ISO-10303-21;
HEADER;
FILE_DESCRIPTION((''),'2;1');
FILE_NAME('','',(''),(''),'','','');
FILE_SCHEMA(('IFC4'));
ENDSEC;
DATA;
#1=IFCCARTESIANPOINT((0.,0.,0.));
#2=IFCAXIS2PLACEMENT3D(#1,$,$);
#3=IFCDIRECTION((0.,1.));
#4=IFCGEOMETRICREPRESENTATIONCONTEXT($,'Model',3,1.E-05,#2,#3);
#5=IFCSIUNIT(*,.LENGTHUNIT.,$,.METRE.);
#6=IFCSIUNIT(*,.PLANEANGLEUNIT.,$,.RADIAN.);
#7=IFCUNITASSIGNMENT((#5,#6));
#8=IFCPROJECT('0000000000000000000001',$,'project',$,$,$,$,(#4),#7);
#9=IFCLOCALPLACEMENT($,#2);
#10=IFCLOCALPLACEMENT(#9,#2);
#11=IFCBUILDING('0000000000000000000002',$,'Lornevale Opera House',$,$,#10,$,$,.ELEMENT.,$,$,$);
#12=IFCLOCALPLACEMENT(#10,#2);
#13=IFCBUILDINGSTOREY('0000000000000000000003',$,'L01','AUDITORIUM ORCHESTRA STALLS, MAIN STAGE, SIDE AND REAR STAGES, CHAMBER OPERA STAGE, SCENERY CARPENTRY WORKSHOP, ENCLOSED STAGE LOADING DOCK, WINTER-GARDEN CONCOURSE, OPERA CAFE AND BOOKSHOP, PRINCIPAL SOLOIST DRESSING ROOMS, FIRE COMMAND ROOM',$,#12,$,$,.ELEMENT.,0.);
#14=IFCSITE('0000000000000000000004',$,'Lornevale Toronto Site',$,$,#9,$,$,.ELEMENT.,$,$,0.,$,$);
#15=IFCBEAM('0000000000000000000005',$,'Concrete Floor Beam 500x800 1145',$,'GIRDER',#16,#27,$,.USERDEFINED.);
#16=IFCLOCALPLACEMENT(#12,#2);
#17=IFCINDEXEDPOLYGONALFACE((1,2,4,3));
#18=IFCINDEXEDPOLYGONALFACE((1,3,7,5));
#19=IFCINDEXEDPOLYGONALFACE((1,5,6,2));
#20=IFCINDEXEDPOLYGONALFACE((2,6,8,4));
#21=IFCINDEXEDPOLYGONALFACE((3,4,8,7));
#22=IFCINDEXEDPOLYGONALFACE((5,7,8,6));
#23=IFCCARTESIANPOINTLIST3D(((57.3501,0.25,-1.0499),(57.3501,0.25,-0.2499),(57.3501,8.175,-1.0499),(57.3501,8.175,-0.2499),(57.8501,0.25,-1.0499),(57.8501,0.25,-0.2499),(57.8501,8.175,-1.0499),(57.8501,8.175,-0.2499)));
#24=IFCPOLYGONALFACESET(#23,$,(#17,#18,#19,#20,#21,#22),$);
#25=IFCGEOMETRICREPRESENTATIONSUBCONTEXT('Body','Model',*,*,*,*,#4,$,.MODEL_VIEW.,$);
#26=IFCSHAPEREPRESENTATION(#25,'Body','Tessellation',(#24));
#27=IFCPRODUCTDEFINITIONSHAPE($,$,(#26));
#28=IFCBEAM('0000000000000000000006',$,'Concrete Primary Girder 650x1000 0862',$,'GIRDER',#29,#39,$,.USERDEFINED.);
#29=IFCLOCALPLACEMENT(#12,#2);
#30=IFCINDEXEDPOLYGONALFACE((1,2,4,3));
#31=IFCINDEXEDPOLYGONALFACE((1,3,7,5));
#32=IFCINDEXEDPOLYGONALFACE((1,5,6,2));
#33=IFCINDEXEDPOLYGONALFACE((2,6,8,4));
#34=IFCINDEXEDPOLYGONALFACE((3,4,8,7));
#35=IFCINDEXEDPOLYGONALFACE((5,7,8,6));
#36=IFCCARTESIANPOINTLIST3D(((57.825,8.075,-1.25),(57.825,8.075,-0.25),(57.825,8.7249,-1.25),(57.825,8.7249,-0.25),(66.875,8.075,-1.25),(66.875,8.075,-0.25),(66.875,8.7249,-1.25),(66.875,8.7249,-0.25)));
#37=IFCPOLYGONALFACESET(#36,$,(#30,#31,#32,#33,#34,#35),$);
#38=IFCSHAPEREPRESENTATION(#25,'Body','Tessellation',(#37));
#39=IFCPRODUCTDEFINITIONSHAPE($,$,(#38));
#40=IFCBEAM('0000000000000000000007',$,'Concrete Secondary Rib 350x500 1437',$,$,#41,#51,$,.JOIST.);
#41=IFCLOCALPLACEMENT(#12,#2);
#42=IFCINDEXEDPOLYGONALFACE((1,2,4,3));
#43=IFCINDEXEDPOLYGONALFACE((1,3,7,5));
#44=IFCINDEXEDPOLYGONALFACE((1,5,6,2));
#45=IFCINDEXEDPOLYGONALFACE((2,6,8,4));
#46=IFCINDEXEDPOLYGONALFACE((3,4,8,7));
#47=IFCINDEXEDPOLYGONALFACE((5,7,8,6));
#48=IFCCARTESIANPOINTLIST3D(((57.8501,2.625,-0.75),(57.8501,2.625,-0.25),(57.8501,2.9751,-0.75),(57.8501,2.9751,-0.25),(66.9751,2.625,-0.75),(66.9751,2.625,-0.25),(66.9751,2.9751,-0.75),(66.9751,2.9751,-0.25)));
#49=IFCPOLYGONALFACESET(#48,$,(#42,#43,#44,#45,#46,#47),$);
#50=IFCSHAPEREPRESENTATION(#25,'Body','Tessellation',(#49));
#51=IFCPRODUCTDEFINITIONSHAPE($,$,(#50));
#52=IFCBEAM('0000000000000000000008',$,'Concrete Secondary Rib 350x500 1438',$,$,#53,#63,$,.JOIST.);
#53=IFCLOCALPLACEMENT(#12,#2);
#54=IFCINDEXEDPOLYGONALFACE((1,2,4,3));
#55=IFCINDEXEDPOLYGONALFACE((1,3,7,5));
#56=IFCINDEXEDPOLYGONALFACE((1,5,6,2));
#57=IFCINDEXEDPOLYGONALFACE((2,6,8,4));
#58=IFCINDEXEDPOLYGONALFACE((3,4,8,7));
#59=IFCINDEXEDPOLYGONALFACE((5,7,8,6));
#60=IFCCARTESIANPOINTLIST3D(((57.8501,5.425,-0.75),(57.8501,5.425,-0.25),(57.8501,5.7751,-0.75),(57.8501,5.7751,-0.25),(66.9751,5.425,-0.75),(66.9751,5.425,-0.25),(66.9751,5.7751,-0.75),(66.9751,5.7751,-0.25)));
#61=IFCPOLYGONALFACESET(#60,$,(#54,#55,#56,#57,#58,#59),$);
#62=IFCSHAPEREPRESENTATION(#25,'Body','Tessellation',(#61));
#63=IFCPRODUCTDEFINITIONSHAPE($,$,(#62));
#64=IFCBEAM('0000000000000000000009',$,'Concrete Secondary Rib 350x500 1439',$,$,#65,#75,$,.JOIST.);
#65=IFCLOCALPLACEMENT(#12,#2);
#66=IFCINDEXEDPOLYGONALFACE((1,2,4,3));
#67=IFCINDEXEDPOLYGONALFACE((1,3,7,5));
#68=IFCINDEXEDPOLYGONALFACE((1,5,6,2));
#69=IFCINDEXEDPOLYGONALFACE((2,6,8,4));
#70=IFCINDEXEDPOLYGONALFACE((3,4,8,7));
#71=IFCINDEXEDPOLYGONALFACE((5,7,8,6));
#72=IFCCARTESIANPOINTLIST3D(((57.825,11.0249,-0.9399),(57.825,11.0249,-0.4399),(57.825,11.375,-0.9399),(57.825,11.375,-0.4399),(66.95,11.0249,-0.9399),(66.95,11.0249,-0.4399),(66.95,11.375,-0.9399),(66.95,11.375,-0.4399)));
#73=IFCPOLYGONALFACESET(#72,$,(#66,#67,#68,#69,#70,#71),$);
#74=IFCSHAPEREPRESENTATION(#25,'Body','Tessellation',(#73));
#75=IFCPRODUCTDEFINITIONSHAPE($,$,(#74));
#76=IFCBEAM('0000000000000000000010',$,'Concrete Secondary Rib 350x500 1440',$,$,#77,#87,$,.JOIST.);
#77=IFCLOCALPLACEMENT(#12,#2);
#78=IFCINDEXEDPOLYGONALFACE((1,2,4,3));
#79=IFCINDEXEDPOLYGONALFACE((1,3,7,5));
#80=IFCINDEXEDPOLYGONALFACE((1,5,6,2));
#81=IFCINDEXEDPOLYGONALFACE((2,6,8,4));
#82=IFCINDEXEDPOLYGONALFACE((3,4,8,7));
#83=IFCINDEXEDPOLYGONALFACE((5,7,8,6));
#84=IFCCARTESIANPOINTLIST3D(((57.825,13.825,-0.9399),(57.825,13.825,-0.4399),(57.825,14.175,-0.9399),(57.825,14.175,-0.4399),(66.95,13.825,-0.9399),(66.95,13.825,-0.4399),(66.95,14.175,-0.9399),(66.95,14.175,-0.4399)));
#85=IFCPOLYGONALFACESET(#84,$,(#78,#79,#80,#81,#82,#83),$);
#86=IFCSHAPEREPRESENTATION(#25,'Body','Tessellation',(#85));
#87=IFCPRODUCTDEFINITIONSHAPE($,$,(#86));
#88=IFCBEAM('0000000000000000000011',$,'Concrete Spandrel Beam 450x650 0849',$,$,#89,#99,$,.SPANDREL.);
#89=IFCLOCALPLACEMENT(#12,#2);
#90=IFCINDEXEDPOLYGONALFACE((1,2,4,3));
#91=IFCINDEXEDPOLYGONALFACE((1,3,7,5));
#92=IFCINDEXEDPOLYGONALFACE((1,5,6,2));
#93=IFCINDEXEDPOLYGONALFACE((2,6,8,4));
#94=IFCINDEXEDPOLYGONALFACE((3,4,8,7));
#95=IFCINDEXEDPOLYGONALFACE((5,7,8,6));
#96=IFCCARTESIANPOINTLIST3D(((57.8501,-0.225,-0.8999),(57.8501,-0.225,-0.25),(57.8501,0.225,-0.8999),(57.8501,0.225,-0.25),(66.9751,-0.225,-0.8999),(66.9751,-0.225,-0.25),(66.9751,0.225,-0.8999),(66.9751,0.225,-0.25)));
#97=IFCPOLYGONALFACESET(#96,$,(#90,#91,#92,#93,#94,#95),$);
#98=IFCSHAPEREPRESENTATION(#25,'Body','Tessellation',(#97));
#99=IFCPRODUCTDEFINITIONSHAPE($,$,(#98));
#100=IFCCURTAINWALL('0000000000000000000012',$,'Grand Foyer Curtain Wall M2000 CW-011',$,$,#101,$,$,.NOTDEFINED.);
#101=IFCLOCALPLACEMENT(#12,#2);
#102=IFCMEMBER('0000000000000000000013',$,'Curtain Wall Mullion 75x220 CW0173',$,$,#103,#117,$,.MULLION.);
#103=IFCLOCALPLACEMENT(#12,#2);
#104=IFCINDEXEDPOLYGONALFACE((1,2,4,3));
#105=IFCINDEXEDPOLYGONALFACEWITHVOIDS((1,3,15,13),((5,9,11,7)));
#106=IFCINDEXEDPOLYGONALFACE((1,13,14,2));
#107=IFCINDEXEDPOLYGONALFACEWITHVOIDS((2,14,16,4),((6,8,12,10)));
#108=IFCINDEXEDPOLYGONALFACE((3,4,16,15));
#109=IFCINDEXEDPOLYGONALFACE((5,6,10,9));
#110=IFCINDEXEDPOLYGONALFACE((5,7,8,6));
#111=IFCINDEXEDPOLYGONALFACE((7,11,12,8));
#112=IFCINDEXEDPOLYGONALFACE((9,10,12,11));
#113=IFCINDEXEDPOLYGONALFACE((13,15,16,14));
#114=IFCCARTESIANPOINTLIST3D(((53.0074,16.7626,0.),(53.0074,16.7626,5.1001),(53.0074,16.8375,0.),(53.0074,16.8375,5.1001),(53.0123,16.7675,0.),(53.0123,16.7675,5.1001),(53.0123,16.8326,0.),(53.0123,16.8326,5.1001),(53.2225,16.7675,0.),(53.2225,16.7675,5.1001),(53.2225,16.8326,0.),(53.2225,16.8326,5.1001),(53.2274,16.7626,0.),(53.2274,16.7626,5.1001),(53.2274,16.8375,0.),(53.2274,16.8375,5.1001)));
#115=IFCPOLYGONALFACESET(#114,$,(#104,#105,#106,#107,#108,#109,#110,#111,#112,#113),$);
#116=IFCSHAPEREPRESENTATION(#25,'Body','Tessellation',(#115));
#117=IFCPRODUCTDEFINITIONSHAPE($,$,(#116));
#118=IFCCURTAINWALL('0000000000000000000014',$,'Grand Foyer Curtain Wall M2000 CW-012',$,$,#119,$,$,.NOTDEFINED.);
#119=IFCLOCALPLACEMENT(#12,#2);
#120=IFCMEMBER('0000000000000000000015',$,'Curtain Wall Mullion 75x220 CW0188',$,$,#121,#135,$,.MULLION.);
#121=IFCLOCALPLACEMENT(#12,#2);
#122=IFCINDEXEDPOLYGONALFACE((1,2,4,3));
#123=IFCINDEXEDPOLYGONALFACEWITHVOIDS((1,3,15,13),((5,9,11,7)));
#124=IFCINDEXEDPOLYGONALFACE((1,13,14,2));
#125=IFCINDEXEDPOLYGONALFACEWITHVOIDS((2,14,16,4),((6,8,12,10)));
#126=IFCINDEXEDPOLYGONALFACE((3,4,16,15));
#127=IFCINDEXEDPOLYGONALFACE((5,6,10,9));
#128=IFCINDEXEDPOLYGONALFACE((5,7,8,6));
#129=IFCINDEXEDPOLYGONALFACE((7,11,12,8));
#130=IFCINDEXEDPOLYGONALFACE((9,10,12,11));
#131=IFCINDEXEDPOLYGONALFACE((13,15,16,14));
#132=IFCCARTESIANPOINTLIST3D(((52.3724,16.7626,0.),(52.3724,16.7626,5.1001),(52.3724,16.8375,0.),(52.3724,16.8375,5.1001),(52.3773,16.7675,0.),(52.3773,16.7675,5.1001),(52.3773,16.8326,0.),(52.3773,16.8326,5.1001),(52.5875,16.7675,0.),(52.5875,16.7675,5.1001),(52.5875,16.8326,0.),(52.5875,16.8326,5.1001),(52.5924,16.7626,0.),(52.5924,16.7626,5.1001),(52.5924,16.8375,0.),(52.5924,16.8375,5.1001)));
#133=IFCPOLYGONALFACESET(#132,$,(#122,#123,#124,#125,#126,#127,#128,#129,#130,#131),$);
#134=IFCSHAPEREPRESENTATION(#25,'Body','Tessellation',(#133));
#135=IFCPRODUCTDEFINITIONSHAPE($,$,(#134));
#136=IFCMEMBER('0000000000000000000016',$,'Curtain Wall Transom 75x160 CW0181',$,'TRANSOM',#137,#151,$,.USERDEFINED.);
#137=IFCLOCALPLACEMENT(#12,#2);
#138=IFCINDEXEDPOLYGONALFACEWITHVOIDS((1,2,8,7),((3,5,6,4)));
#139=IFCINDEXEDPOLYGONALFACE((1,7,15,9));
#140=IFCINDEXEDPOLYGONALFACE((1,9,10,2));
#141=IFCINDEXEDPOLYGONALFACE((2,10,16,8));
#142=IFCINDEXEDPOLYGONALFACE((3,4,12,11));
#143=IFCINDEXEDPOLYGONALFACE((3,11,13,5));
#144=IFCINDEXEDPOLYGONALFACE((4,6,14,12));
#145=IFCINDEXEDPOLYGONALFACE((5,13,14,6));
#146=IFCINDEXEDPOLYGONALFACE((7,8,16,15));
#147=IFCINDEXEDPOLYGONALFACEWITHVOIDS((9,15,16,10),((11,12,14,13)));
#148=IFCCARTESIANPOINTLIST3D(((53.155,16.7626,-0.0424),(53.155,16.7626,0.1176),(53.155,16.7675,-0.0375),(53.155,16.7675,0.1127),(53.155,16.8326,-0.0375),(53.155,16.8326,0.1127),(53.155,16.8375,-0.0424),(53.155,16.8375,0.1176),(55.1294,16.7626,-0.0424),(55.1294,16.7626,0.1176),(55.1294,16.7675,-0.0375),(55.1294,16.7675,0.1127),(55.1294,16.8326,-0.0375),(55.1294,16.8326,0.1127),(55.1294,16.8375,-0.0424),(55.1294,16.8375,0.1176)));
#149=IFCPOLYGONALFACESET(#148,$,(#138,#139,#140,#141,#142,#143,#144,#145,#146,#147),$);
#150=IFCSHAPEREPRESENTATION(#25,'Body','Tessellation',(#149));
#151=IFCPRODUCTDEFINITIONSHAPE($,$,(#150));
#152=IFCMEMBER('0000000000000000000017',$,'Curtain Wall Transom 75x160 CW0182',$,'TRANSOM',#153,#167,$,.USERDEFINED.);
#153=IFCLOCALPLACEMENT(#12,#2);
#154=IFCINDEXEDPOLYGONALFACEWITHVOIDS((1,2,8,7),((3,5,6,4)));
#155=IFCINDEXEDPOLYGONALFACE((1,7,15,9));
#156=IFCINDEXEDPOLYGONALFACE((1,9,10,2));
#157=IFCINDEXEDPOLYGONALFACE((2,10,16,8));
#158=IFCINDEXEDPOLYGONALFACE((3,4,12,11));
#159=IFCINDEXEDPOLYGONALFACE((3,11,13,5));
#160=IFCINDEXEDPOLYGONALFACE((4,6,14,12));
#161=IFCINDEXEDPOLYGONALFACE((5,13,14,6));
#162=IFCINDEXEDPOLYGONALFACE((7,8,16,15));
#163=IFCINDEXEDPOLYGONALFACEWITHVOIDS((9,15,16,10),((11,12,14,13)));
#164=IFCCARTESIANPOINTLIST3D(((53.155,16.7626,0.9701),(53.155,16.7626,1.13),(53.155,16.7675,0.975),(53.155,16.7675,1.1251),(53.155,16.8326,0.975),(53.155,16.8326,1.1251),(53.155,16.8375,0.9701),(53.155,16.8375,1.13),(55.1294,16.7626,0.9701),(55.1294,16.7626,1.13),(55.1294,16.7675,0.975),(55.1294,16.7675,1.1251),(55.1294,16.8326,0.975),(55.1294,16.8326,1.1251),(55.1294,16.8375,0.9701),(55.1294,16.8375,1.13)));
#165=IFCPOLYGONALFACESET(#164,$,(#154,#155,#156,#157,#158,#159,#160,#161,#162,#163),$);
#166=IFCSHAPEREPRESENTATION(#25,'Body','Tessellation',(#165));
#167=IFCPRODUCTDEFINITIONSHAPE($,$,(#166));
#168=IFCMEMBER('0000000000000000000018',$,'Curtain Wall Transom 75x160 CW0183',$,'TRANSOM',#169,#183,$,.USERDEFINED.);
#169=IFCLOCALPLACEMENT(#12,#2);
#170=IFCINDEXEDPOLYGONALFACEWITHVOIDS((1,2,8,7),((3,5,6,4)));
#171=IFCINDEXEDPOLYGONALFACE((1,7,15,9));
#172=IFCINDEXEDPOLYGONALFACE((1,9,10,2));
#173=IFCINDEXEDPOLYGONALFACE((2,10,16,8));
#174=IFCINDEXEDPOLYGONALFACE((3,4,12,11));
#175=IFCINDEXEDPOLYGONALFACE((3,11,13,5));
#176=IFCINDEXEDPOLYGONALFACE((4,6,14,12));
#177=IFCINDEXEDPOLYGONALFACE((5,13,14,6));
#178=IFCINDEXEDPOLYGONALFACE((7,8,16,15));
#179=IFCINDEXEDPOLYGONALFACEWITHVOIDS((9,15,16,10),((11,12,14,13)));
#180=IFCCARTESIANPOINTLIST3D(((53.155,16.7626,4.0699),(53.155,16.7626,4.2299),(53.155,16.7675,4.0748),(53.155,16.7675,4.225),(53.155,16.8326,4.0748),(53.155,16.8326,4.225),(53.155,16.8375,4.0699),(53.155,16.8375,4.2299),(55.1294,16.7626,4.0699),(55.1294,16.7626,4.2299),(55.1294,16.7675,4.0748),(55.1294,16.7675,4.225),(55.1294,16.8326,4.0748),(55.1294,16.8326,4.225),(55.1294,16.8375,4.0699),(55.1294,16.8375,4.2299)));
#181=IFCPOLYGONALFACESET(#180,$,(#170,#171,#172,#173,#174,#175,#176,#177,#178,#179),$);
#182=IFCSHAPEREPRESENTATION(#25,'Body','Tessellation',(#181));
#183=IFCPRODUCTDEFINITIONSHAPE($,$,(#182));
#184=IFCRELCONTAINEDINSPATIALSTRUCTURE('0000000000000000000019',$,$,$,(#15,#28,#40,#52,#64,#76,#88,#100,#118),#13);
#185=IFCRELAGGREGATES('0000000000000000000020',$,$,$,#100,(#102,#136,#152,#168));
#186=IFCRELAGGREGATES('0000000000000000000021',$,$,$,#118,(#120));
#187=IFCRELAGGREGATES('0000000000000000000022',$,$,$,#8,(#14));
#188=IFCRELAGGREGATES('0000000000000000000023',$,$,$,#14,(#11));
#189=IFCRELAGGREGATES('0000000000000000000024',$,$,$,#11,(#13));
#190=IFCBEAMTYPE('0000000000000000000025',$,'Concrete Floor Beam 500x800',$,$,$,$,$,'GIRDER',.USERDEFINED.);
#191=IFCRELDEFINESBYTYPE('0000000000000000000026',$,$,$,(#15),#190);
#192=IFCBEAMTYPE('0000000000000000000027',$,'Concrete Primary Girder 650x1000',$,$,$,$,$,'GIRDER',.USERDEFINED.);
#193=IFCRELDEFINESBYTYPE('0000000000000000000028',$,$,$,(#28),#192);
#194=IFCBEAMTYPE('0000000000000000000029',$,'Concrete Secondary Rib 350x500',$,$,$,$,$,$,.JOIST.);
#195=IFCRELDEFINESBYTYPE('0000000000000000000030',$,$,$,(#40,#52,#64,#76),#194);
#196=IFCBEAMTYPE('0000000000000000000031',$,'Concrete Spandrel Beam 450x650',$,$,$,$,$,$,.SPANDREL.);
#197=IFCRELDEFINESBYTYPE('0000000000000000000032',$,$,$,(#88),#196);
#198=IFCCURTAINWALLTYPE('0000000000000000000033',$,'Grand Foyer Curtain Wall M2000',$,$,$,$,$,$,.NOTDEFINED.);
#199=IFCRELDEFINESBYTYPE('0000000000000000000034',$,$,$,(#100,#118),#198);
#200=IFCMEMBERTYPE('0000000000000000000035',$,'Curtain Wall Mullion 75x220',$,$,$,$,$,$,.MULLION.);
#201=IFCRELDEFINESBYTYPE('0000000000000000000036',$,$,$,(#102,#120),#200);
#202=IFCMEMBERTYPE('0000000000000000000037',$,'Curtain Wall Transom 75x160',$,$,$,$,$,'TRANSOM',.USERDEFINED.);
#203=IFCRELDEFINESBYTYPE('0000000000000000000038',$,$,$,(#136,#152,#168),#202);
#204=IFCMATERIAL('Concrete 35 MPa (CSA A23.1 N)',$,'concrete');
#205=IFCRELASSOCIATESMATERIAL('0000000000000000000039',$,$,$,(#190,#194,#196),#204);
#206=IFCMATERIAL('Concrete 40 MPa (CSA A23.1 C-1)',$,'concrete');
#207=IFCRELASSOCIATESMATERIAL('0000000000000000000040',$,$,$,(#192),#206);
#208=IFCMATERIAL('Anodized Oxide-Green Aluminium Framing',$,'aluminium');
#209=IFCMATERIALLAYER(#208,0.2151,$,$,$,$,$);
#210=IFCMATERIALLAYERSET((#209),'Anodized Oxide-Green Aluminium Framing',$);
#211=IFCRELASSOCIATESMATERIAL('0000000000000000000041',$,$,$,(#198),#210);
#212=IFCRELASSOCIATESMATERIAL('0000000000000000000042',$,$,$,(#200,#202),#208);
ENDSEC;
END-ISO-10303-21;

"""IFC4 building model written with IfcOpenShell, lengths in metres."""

from ifc_helpers import new_model, si_unit, direction, frame, origin, origin_2d, place, context, subcontext, project, spatial, rectangle, hollow_rectangle, extrude, material, layer, layer_set, material_profile, profile_set, type_object, element, aggregate, save


model = new_model("IFC4")

# Units and contexts
model_context = context("Model", 3, precision=1e-05, world=origin(), true_north=direction((0.0, 1.0)))
body_context = subcontext(model_context, "Body", "Model", "MODEL_VIEW")
ifc_project = project(units=[si_unit("LENGTHUNIT", "METRE"), si_unit("PLANEANGLEUNIT", "RADIAN")], contexts=[model_context])

# Site, building, storey
site_placement = place(None, origin())
site = spatial("IfcSite", under=ifc_project, at=site_placement, Name="Lornevale Toronto Site", CompositionType="ELEMENT", RefElevation=0.0)
building_placement = place(site_placement, origin())
building = spatial("IfcBuilding", under=site, at=building_placement, Name="Lornevale Opera House", CompositionType="ELEMENT")
storey_placement = place(building_placement, origin())
storey = spatial("IfcBuildingStorey", under=building, at=storey_placement, Name="L01", Description="AUDITORIUM ORCHESTRA STALLS, MAIN STAGE, SIDE AND REAR STAGES, CHAMBER OPERA STAGE, SCENERY CARPENTRY WORKSHOP, ENCLOSED STAGE LOADING DOCK, WINTER-GARDEN CONCOURSE, OPERA CAFE AND BOOKSHOP, PRINCIPAL SOLOIST DRESSING ROOMS, FIRE COMMAND ROOM", CompositionType="ELEMENT", Elevation=0.0)

# Beams
ifc_material_1 = material(Name="Concrete 35 MPa (CSA A23.1 N)", Category="concrete")
ifc_material_profile_1 = material_profile(ifc_material_1, rectangle(XDim=0.5, YDim=0.8, at=origin_2d()), Name="RC500x800")
ifc_profile_set_1 = profile_set([ifc_material_profile_1], Name="Concrete 35 MPa (CSA A23.1 N)")
beam_type_1 = type_object("IfcBeamType", Name="Concrete Floor Beam 500x800", ElementType="GIRDER", PredefinedType="USERDEFINED", material=ifc_profile_set_1)
beam_1_placement = place(storey_placement, frame((57.6001, 0.25, -0.6499), z_axis=(0.0, 1.0, 0.0), x_axis=(-1.0, 0.0, 0.0)))
element("IfcBeam", 1, at=beam_1_placement, inside=storey, type_object=beam_type_1, Name="Concrete Floor Beam 500x800 1145", ObjectType="GIRDER", PredefinedType="USERDEFINED", context=body_context, shape_type="SweptSolid", body=[
    extrude(rectangle(XDim=0.5, YDim=0.8, at=origin_2d()), origin(), (0.0, 0.0, 1.0), 7.925),
])
ifc_material_2 = material(Name="Concrete 40 MPa (CSA A23.1 C-1)", Category="concrete")
ifc_material_profile_2 = material_profile(ifc_material_2, rectangle(XDim=0.6499, YDim=1.0, at=origin_2d()), Name="RC650x1000")
ifc_profile_set_2 = profile_set([ifc_material_profile_2], Name="Concrete 40 MPa (CSA A23.1 C-1)")
beam_type_2 = type_object("IfcBeamType", Name="Concrete Primary Girder 650x1000", ElementType="GIRDER", PredefinedType="USERDEFINED", material=ifc_profile_set_2)
beam_2_placement = place(storey_placement, frame((57.825, 8.3999, -0.75), z_axis=(1.0, 0.0, 0.0), x_axis=(0.0, 1.0, 0.0)))
element("IfcBeam", 2, at=beam_2_placement, inside=storey, type_object=beam_type_2, Name="Concrete Primary Girder 650x1000 0862", ObjectType="GIRDER", PredefinedType="USERDEFINED", context=body_context, shape_type="SweptSolid", body=[
    extrude(rectangle(XDim=0.6499, YDim=1.0, at=origin_2d()), origin(), (0.0, 0.0, 1.0), 9.05),
])
ifc_material_profile_3 = material_profile(ifc_material_1, rectangle(XDim=0.3501, YDim=0.5, at=origin_2d()), Name="RC350x500")
ifc_profile_set_3 = profile_set([ifc_material_profile_3], Name="Concrete 35 MPa (CSA A23.1 N)")
beam_type_3 = type_object("IfcBeamType", Name="Concrete Secondary Rib 350x500", PredefinedType="JOIST", material=ifc_profile_set_3)
for number, where, z_axis, x_axis, name in (
    (3, (57.8501, 2.8, -0.5), (1.0, 0.0, 0.0), (0.0, 1.0, 0.0), "Concrete Secondary Rib 350x500 1437"),
    (4, (57.8501, 5.6001, -0.5), (1.0, 0.0, 0.0), (0.0, 1.0, 0.0), "Concrete Secondary Rib 350x500 1438"),
    (5, (57.825, 11.2, -0.6899), (1.0, 0.0, 0.0), (0.0, 1.0, 0.0), "Concrete Secondary Rib 350x500 1439"),
    (6, (57.825, 14.0, -0.6899), (1.0, 0.0, 0.0), (0.0, 1.0, 0.0), "Concrete Secondary Rib 350x500 1440"),
):
    element("IfcBeam", number, at=place(storey_placement, frame(where, z_axis=z_axis, x_axis=x_axis)), inside=storey, type_object=beam_type_3, Name=name, PredefinedType="JOIST", context=body_context, shape_type="SweptSolid", body=[
        extrude(rectangle(XDim=0.3501, YDim=0.5, at=origin_2d()), origin(), (0.0, 0.0, 1.0), 9.125),
    ])
ifc_material_profile_4 = material_profile(ifc_material_1, rectangle(XDim=0.45, YDim=0.6499, at=origin_2d()), Name="RC450x650")
ifc_profile_set_4 = profile_set([ifc_material_profile_4], Name="Concrete 35 MPa (CSA A23.1 N)")
beam_type_4 = type_object("IfcBeamType", Name="Concrete Spandrel Beam 450x650", PredefinedType="SPANDREL", material=ifc_profile_set_4)
beam_3_placement = place(storey_placement, frame((57.8501, 0.0, -0.575), z_axis=(1.0, 0.0, 0.0), x_axis=(0.0, 1.0, 0.0)))
element("IfcBeam", 7, at=beam_3_placement, inside=storey, type_object=beam_type_4, Name="Concrete Spandrel Beam 450x650 0849", PredefinedType="SPANDREL", context=body_context, shape_type="SweptSolid", body=[
    extrude(rectangle(XDim=0.45, YDim=0.6499, at=origin_2d()), origin(), (0.0, 0.0, 1.0), 9.125),
])

# Curtain walls, members
ifc_material_3 = material(Name="Anodized Oxide-Green Aluminium Framing", Category="aluminium")
ifc_layer_1 = layer(ifc_material_3, 0.2151)
ifc_layer_set_1 = layer_set([ifc_layer_1], Name="Anodized Oxide-Green Aluminium Framing")
curtain_wall_type = type_object("IfcCurtainWallType", Name="Grand Foyer Curtain Wall M2000", PredefinedType="NOTDEFINED", material=ifc_layer_set_1)
curtain_wall_1_placement = place(storey_placement, origin())
curtain_wall_1 = element("IfcCurtainWall", 8, at=curtain_wall_1_placement, inside=storey, type_object=curtain_wall_type, Name="Grand Foyer Curtain Wall M2000 CW-011", PredefinedType="NOTDEFINED")
ifc_material_profile_5 = material_profile(ifc_material_3, hollow_rectangle(XDim=0.075, YDim=0.22, WallThickness=0.0049, at=origin_2d()), Name="ALU75x220x5")
ifc_profile_set_5 = profile_set([ifc_material_profile_5], Name="Anodized Oxide-Green Aluminium Framing")
member_type_1 = type_object("IfcMemberType", Name="Curtain Wall Mullion 75x220", PredefinedType="MULLION", material=ifc_profile_set_5)
member_1_placement = place(storey_placement, frame((53.1174, 16.8, 0.0), z_axis=(0.0, 0.0, 1.0), x_axis=(0.0, -1.0, 0.0)))
member_1 = element("IfcMember", 9, at=member_1_placement, type_object=member_type_1, Name="Curtain Wall Mullion 75x220 CW0173", PredefinedType="MULLION", context=body_context, shape_type="SweptSolid", body=[
    extrude(hollow_rectangle(XDim=0.075, YDim=0.22, WallThickness=0.0049, at=origin_2d()), origin(), (0.0, 0.0, 1.0), 5.1001),
])
curtain_wall_2_placement = place(storey_placement, origin())
curtain_wall_2 = element("IfcCurtainWall", 10, at=curtain_wall_2_placement, inside=storey, type_object=curtain_wall_type, Name="Grand Foyer Curtain Wall M2000 CW-012", PredefinedType="NOTDEFINED")
member_2_placement = place(storey_placement, frame((52.4824, 16.8, 0.0), z_axis=(0.0, 0.0, 1.0), x_axis=(0.0, -1.0, 0.0)))
member_2 = element("IfcMember", 11, at=member_2_placement, type_object=member_type_1, Name="Curtain Wall Mullion 75x220 CW0188", PredefinedType="MULLION", context=body_context, shape_type="SweptSolid", body=[
    extrude(hollow_rectangle(XDim=0.075, YDim=0.22, WallThickness=0.0049, at=origin_2d()), origin(), (0.0, 0.0, 1.0), 5.1001),
])

# Members
ifc_material_profile_6 = material_profile(ifc_material_3, hollow_rectangle(XDim=0.075, YDim=0.1599, WallThickness=0.0049, at=origin_2d()), Name="ALU75x160x5")
ifc_profile_set_6 = profile_set([ifc_material_profile_6], Name="Anodized Oxide-Green Aluminium Framing")
member_type_2 = type_object("IfcMemberType", Name="Curtain Wall Transom 75x160", ElementType="TRANSOM", PredefinedType="USERDEFINED", material=ifc_profile_set_6)
member_3_placement = place(storey_placement, frame((55.1294, 16.8, 0.0376), z_axis=(-1.0, 0.0, 0.0), x_axis=(0.0, -1.0, 0.0)))
member_3 = element("IfcMember", 12, at=member_3_placement, type_object=member_type_2, Name="Curtain Wall Transom 75x160 CW0181", ObjectType="TRANSOM", PredefinedType="USERDEFINED", context=body_context, shape_type="SweptSolid", body=[
    extrude(hollow_rectangle(XDim=0.075, YDim=0.1599, WallThickness=0.0049, at=origin_2d()), origin(), (0.0, 0.0, 1.0), 1.9744),
])
member_4_placement = place(storey_placement, frame((55.1294, 16.8, 1.05), z_axis=(-1.0, 0.0, 0.0), x_axis=(0.0, -1.0, 0.0)))
member_4 = element("IfcMember", 13, at=member_4_placement, type_object=member_type_2, Name="Curtain Wall Transom 75x160 CW0182", ObjectType="TRANSOM", PredefinedType="USERDEFINED", context=body_context, shape_type="SweptSolid", body=[
    extrude(hollow_rectangle(XDim=0.075, YDim=0.1599, WallThickness=0.0049, at=origin_2d()), origin(), (0.0, 0.0, 1.0), 1.9744),
])
member_5_placement = place(storey_placement, frame((55.1294, 16.8, 4.1499), z_axis=(-1.0, 0.0, 0.0), x_axis=(0.0, -1.0, 0.0)))
member_5 = element("IfcMember", 14, at=member_5_placement, type_object=member_type_2, Name="Curtain Wall Transom 75x160 CW0183", ObjectType="TRANSOM", PredefinedType="USERDEFINED", context=body_context, shape_type="SweptSolid", body=[
    extrude(hollow_rectangle(XDim=0.075, YDim=0.1599, WallThickness=0.0049, at=origin_2d()), origin(), (0.0, 0.0, 1.0), 1.9744),
])

aggregate(curtain_wall_1, [member_1, member_3, member_4, member_5])
aggregate(curtain_wall_2, [member_2])

save(model, "model.ifc")
